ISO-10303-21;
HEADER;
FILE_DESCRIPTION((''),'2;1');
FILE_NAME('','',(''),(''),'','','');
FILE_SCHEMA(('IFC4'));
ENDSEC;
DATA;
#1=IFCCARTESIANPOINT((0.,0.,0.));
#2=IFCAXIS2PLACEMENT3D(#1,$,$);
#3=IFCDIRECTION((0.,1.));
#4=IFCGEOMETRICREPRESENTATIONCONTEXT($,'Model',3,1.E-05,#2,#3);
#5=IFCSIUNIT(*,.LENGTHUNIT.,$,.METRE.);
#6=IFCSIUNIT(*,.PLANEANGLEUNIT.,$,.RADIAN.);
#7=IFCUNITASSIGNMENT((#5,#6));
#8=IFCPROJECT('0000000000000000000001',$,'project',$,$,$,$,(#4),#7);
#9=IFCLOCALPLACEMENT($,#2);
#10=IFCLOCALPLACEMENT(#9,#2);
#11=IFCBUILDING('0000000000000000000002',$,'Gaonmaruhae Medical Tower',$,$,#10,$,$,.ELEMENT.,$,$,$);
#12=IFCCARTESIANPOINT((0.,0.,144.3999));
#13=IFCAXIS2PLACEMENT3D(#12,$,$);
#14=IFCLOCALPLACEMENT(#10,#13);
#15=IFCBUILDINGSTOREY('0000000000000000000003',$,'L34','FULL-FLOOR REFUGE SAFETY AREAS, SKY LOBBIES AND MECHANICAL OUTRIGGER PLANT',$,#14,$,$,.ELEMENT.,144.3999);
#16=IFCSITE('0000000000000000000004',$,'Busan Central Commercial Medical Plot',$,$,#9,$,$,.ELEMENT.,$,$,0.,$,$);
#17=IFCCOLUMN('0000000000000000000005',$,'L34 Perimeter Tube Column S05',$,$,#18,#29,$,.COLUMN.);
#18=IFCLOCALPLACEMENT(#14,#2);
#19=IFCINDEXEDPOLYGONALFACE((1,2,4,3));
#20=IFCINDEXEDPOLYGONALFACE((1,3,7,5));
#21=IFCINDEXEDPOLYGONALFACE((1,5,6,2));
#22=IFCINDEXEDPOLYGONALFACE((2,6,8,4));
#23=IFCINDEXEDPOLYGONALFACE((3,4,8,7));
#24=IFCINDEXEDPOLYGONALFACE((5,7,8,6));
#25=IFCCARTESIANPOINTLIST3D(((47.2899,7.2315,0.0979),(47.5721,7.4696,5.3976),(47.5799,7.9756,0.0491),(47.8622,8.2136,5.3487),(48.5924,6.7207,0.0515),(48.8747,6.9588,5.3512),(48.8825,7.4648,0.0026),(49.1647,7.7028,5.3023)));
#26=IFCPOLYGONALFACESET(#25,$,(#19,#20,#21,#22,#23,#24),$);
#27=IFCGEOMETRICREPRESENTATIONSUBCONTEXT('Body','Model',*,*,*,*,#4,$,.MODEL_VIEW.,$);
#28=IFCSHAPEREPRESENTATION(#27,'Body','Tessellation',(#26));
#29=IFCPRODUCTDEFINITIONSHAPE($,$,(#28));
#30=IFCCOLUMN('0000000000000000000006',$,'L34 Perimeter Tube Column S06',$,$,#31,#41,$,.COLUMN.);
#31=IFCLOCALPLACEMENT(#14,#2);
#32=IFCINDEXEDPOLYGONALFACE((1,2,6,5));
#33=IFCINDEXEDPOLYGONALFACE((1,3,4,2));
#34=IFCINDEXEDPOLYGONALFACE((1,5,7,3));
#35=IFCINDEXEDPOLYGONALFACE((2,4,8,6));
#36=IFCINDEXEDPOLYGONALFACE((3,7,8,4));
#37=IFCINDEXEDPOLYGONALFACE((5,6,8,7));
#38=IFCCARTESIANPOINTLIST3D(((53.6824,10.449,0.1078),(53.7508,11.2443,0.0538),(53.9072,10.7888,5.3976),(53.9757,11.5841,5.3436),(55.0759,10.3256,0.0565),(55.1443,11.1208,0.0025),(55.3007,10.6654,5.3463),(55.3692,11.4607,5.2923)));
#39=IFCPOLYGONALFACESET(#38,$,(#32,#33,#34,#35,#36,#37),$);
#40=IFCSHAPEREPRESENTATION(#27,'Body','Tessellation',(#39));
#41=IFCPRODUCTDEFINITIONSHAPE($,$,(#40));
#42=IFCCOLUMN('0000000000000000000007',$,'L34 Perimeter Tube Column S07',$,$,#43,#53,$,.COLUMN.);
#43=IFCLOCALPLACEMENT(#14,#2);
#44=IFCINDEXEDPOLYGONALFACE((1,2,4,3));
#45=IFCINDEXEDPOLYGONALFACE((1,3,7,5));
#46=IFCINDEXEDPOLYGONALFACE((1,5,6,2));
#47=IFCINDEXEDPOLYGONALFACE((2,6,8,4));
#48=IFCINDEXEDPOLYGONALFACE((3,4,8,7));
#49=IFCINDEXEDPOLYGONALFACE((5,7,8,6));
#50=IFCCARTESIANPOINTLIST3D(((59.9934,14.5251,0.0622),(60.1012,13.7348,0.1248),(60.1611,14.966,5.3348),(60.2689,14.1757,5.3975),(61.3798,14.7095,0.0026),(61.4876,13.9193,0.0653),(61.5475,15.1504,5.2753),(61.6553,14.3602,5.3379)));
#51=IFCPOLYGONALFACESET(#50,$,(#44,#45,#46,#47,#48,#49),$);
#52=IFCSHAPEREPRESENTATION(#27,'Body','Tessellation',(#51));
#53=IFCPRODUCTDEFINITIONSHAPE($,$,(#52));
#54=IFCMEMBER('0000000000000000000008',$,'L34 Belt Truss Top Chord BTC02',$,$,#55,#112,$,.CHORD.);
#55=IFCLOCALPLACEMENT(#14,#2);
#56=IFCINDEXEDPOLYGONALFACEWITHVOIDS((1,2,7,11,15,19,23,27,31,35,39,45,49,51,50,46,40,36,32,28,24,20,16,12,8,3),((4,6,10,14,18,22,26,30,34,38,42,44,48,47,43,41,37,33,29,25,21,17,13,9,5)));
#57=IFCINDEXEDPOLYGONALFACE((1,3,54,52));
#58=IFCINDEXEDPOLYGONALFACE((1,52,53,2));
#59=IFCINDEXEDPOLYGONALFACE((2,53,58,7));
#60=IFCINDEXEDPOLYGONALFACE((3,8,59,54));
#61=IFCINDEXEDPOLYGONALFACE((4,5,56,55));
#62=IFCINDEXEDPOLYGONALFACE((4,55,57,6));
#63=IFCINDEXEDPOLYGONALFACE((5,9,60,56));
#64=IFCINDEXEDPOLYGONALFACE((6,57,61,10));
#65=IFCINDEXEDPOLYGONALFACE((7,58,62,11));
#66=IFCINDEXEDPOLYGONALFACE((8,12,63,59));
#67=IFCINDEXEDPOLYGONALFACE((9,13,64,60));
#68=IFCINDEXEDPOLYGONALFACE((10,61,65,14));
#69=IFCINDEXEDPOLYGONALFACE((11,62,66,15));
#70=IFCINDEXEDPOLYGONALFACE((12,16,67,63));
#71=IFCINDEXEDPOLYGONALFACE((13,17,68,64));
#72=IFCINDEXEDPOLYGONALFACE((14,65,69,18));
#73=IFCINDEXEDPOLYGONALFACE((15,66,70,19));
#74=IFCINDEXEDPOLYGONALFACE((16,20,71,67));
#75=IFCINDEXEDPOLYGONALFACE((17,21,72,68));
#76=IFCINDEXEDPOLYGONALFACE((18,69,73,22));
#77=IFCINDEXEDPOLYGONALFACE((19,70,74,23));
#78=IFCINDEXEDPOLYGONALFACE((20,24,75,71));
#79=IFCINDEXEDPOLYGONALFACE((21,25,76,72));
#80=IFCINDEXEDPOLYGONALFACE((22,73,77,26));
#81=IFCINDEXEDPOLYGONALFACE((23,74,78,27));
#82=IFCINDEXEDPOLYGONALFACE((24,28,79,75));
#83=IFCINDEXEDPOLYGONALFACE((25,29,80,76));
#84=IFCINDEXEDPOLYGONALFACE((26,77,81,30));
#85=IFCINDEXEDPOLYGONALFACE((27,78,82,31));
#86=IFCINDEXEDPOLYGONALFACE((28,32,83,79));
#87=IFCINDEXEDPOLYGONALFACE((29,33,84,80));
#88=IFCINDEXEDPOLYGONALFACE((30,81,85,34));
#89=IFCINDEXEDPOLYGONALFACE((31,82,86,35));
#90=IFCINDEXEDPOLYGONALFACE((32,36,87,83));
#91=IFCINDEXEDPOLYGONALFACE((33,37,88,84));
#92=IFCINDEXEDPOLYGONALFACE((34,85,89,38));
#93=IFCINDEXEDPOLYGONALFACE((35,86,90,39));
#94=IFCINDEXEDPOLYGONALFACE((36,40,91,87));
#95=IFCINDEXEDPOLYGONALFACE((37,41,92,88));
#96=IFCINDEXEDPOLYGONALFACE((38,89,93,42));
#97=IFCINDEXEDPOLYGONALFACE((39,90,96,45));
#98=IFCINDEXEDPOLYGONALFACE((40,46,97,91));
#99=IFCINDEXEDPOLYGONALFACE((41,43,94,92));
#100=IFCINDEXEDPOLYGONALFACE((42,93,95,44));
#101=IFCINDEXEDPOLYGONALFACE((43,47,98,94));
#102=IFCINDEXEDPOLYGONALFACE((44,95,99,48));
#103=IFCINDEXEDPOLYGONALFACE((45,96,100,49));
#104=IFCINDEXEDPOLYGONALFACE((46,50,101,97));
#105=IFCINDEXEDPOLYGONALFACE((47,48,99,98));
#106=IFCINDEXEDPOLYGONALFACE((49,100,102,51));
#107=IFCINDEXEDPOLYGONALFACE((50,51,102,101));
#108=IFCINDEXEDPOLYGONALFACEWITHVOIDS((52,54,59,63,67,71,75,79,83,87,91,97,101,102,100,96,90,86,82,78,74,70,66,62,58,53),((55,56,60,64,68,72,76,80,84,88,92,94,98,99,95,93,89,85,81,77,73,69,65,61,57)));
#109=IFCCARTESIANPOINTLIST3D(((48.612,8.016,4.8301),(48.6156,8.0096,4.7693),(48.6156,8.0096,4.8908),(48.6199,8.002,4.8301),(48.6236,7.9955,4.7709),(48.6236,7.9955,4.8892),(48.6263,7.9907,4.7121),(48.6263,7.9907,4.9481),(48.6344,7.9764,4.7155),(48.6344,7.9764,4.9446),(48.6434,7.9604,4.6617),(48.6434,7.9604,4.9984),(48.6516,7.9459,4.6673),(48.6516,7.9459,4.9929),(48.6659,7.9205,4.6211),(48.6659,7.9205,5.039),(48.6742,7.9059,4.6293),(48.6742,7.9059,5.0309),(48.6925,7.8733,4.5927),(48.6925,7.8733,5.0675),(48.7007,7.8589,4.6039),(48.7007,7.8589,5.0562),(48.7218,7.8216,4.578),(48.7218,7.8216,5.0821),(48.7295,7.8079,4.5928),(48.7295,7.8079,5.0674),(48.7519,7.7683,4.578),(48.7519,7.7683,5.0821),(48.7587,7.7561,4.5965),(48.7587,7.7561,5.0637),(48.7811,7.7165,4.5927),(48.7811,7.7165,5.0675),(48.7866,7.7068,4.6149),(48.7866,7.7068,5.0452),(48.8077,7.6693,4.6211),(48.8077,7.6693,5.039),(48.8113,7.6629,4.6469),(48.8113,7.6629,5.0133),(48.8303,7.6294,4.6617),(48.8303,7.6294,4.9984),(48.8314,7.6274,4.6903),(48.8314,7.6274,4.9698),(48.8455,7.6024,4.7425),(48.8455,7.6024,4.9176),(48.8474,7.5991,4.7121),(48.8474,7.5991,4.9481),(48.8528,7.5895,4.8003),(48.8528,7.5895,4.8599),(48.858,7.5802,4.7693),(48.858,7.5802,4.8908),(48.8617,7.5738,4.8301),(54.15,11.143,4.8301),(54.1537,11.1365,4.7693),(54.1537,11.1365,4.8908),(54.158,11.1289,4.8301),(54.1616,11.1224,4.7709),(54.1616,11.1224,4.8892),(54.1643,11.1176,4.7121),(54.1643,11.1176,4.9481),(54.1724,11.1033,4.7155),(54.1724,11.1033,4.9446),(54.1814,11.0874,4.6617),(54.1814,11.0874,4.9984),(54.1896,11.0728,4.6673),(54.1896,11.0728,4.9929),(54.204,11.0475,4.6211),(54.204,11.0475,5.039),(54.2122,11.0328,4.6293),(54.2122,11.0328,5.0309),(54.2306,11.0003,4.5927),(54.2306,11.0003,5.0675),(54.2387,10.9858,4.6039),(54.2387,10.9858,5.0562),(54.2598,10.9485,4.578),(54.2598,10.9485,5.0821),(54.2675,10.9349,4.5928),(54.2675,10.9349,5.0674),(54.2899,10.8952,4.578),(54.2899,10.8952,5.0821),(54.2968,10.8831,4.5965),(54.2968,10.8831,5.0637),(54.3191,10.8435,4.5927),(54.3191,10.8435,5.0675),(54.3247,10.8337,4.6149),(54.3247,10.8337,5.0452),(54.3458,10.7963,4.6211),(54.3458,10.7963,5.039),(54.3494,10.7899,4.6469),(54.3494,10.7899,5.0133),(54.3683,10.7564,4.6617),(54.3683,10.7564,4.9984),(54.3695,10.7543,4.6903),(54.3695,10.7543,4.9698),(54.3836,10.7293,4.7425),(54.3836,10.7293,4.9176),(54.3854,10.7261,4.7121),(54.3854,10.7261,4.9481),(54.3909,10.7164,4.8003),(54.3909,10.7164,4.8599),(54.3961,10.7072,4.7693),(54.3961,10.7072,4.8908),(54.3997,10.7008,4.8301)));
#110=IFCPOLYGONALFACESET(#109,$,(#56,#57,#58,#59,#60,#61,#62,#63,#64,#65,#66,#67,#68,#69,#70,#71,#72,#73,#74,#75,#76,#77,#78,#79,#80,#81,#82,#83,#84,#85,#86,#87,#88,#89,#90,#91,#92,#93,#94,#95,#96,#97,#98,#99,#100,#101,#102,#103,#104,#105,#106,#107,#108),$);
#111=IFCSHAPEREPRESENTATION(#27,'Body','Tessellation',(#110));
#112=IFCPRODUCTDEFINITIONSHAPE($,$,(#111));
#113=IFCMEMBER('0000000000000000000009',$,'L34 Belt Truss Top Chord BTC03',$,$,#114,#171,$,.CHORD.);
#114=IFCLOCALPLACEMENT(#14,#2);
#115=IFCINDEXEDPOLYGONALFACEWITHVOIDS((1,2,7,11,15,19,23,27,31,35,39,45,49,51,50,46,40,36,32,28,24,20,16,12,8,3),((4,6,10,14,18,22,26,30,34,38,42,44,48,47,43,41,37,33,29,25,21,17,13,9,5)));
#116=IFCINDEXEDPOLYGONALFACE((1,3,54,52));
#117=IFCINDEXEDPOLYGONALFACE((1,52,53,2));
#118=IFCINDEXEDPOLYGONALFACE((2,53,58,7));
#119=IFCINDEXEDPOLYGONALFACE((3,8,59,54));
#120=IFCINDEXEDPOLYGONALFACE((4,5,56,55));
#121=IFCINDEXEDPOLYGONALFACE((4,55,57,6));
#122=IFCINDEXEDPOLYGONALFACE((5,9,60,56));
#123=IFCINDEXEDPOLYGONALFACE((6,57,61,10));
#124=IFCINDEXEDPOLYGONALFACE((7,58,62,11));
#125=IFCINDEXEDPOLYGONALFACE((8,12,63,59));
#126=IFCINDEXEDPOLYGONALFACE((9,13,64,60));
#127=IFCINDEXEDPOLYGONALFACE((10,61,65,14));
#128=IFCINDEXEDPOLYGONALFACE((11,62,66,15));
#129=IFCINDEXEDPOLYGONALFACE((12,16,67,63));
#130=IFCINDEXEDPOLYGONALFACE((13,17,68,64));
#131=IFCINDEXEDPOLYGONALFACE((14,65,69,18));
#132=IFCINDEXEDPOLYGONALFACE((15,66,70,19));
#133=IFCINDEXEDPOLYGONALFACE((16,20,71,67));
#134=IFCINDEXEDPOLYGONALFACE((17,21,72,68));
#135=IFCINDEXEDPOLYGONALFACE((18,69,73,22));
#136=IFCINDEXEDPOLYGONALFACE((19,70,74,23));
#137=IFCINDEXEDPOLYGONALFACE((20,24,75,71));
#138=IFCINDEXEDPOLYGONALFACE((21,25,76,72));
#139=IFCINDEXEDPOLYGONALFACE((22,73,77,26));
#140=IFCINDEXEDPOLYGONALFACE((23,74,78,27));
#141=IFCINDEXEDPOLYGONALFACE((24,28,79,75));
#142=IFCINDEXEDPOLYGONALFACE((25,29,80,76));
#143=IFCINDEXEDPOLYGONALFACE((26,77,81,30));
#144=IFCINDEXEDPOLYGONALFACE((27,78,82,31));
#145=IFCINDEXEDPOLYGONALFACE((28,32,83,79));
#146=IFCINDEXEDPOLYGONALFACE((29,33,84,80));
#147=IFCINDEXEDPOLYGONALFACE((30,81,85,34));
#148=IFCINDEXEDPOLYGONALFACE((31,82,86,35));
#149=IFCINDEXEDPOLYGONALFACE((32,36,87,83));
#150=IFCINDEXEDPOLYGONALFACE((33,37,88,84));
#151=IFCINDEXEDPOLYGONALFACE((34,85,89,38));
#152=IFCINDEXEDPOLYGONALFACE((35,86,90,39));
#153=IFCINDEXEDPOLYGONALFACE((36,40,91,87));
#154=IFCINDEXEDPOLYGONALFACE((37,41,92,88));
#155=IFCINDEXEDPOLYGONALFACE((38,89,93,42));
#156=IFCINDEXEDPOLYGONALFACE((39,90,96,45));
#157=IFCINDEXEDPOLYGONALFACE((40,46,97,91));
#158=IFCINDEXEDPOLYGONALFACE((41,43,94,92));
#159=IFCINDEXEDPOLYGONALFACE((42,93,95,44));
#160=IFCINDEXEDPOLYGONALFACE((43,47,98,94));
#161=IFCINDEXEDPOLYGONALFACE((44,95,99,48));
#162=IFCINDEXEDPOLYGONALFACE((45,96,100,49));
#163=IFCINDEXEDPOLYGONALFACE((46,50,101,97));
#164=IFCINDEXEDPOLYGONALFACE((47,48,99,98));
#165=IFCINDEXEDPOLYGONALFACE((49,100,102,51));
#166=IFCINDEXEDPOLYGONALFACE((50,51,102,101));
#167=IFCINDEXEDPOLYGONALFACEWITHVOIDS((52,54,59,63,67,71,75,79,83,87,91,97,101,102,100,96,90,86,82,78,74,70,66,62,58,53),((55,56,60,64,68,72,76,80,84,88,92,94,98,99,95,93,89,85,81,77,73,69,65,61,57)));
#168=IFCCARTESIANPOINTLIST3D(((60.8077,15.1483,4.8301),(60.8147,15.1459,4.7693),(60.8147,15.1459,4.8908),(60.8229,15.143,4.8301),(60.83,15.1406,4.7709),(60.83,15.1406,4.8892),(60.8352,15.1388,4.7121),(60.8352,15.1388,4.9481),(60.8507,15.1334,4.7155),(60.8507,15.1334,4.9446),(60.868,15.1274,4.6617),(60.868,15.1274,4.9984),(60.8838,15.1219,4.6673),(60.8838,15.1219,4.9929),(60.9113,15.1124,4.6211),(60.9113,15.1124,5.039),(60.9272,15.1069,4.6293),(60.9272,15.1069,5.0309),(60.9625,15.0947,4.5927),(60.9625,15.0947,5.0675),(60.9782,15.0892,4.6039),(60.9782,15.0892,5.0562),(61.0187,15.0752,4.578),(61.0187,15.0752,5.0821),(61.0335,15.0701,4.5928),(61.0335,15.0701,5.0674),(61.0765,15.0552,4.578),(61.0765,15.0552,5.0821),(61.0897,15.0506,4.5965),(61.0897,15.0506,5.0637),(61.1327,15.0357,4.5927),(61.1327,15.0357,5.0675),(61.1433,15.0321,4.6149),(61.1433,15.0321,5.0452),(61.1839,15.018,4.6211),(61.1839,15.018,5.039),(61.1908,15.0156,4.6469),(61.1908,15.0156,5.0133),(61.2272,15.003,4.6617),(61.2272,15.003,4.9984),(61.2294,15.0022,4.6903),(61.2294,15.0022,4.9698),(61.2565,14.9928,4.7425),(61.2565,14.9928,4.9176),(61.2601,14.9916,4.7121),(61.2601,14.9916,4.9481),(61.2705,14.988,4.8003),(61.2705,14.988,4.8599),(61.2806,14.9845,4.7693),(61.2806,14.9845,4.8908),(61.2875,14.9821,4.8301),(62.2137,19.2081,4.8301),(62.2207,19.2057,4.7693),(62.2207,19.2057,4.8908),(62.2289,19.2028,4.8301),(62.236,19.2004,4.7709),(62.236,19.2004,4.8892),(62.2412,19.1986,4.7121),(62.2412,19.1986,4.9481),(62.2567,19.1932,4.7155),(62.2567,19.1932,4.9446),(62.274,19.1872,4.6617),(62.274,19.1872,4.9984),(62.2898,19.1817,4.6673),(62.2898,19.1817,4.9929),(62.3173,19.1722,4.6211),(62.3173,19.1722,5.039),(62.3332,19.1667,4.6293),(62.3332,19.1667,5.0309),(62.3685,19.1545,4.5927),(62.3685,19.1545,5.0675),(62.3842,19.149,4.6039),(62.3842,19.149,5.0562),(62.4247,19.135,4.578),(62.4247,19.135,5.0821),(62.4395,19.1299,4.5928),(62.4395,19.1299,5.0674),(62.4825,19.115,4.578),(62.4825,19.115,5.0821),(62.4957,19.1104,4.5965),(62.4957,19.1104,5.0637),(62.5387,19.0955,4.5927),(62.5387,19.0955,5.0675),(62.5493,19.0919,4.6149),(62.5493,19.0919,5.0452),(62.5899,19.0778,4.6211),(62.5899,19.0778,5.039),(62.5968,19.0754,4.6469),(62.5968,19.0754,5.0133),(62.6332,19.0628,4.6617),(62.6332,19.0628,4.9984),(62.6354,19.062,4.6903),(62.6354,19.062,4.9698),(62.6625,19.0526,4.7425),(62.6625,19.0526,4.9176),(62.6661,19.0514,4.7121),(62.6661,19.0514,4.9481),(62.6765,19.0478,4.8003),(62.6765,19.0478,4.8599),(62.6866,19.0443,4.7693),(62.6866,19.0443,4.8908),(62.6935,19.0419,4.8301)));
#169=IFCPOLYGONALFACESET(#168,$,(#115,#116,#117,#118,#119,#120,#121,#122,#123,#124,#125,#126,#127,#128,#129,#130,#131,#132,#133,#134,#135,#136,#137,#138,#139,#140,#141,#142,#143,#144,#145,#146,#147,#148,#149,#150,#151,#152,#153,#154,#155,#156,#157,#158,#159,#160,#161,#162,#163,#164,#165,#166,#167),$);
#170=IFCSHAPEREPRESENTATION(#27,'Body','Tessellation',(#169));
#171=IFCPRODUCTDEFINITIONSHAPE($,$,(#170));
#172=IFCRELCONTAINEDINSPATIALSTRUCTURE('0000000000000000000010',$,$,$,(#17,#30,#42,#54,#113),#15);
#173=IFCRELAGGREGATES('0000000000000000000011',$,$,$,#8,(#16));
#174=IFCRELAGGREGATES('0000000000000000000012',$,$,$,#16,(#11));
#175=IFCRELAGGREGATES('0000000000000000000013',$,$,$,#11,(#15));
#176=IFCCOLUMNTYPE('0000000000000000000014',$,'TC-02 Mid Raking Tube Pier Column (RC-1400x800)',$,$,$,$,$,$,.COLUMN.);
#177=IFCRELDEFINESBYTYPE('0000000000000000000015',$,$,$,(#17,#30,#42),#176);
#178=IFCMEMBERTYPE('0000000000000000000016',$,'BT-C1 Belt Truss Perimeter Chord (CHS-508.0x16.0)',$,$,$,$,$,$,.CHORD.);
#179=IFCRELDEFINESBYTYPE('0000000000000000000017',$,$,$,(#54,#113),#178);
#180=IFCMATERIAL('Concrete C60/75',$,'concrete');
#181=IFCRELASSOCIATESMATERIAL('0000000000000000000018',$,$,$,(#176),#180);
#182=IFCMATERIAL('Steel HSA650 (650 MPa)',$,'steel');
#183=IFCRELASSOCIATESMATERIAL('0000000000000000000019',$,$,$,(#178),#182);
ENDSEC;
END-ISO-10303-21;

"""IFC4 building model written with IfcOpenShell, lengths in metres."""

from ifc_helpers import new_model, si_unit, direction, frame, origin, origin_2d, place, context, subcontext, project, spatial, rectangle, hollow_circle, extrude, material, material_profile, profile_set, type_object, element, save


model = new_model("IFC4")

# Units and contexts
model_context = context("Model", 3, precision=1e-05, world=origin(), true_north=direction((0.0, 1.0)))
body_context = subcontext(model_context, "Body", "Model", "MODEL_VIEW")
ifc_project = project(units=[si_unit("LENGTHUNIT", "METRE"), si_unit("PLANEANGLEUNIT", "RADIAN")], contexts=[model_context])

# Site, building, storey
site_placement = place(None, origin())
site = spatial("IfcSite", under=ifc_project, at=site_placement, Name="Busan Central Commercial Medical Plot", CompositionType="ELEMENT", RefElevation=0.0)
building_placement = place(site_placement, origin())
building = spatial("IfcBuilding", under=site, at=building_placement, Name="Gaonmaruhae Medical Tower", CompositionType="ELEMENT")
storey_placement = place(building_placement, frame((0.0, 0.0, 144.3999)))
storey = spatial("IfcBuildingStorey", under=building, at=storey_placement, Name="L34", Description="FULL-FLOOR REFUGE SAFETY AREAS, SKY LOBBIES AND MECHANICAL OUTRIGGER PLANT", CompositionType="ELEMENT", Elevation=144.3999)

# Columns
ifc_material_1 = material(Name="Concrete C60/75", Category="concrete")
ifc_material_profile_1 = material_profile(ifc_material_1, rectangle(XDim=1.3999, YDim=0.8, at=origin_2d()), Name="RC-1400x800")
ifc_profile_set_1 = profile_set([ifc_material_profile_1], Name="Concrete C60/75")
column_type = type_object("IfcColumnType", Name="TC-02 Mid Raking Tube Pier Column (RC-1400x800)", PredefinedType="COLUMN", material=ifc_profile_set_1)
column_1_placement = place(storey_placement, frame((48.0862, 7.3481, 0.0503), z_axis=(0.053126, 0.044808, 0.997582), x_axis=(-0.930461, 0.364887, 0.033162)))
element("IfcColumn", 1, at=column_1_placement, inside=storey, type_object=column_type, Name="L34 Perimeter Tube Column S05", PredefinedType="COLUMN", context=body_context, shape_type="SweptSolid", body=[
    extrude(rectangle(XDim=1.3999, YDim=0.8, at=origin_2d()), origin(), (0.0, 0.0, 1.0), 5.3125),
])
column_2_placement = place(storey_placement, frame((54.4133, 10.7849, 0.0552), z_axis=(0.042381, 0.064055, 0.997046), x_axis=(-0.995432, 0.08816, 0.036649)))
element("IfcColumn", 2, at=column_2_placement, inside=storey, type_object=column_type, Name="L34 Perimeter Tube Column S06", PredefinedType="COLUMN", context=body_context, shape_type="SweptSolid", body=[
    extrude(rectangle(XDim=1.3999, YDim=0.8, at=origin_2d()), origin(), (0.0, 0.0, 1.0), 5.3054),
])
column_3_placement = place(storey_placement, frame((60.7405, 14.2222, 0.0637), z_axis=(0.031683, 0.08329, 0.996022), x_axis=(-0.990371, -0.131749, 0.042521)))
element("IfcColumn", 3, at=column_3_placement, inside=storey, type_object=column_type, Name="L34 Perimeter Tube Column S07", PredefinedType="COLUMN", context=body_context, shape_type="SweptSolid", body=[
    extrude(rectangle(XDim=1.3999, YDim=0.8, at=origin_2d()), origin(), (0.0, 0.0, 1.0), 5.2937),
])

# Members
ifc_material_2 = material(Name="Steel HSA650 (650 MPa)", Category="steel")
ifc_material_profile_2 = material_profile(ifc_material_2, hollow_circle(Radius=0.2539, WallThickness=0.0161, at=origin_2d()), Name="CHS-508.0x16.0")
ifc_profile_set_2 = profile_set([ifc_material_profile_2], Name="Steel HSA650 (650 MPa)")
member_type_1 = type_object("IfcMemberType", Name="BT-C1 Belt Truss Perimeter Chord (CHS-508.0x16.0)", PredefinedType="CHORD", material=ifc_profile_set_2)
member_1_placement = place(storey_placement, frame((48.7368, 7.7949, 4.8301), z_axis=(0.870783, 0.491668, 0.0), x_axis=(-0.491668, 0.870783, 0.0)))
element("IfcMember", 4, at=member_1_placement, inside=storey, type_object=member_type_1, Name="L34 Belt Truss Top Chord BTC02", PredefinedType="CHORD", context=body_context, shape_type="SweptSolid", body=[
    extrude(hollow_circle(Radius=0.2539, WallThickness=0.0161, at=origin_2d()), origin(), (0.0, 0.0, 1.0), 6.3599),
])
member_2_placement = place(storey_placement, frame((61.0476, 15.0652, 4.8301), z_axis=(0.327253, 0.944937, 0.0), x_axis=(-0.944937, 0.327253, 0.0)))
element("IfcMember", 5, at=member_2_placement, inside=storey, type_object=member_type_1, Name="L34 Belt Truss Top Chord BTC03", PredefinedType="CHORD", context=body_context, shape_type="SweptSolid", body=[
    extrude(hollow_circle(Radius=0.2539, WallThickness=0.0161, at=origin_2d()), origin(), (0.0, 0.0, 1.0), 4.2964),
])

save(model, "model.ifc")
